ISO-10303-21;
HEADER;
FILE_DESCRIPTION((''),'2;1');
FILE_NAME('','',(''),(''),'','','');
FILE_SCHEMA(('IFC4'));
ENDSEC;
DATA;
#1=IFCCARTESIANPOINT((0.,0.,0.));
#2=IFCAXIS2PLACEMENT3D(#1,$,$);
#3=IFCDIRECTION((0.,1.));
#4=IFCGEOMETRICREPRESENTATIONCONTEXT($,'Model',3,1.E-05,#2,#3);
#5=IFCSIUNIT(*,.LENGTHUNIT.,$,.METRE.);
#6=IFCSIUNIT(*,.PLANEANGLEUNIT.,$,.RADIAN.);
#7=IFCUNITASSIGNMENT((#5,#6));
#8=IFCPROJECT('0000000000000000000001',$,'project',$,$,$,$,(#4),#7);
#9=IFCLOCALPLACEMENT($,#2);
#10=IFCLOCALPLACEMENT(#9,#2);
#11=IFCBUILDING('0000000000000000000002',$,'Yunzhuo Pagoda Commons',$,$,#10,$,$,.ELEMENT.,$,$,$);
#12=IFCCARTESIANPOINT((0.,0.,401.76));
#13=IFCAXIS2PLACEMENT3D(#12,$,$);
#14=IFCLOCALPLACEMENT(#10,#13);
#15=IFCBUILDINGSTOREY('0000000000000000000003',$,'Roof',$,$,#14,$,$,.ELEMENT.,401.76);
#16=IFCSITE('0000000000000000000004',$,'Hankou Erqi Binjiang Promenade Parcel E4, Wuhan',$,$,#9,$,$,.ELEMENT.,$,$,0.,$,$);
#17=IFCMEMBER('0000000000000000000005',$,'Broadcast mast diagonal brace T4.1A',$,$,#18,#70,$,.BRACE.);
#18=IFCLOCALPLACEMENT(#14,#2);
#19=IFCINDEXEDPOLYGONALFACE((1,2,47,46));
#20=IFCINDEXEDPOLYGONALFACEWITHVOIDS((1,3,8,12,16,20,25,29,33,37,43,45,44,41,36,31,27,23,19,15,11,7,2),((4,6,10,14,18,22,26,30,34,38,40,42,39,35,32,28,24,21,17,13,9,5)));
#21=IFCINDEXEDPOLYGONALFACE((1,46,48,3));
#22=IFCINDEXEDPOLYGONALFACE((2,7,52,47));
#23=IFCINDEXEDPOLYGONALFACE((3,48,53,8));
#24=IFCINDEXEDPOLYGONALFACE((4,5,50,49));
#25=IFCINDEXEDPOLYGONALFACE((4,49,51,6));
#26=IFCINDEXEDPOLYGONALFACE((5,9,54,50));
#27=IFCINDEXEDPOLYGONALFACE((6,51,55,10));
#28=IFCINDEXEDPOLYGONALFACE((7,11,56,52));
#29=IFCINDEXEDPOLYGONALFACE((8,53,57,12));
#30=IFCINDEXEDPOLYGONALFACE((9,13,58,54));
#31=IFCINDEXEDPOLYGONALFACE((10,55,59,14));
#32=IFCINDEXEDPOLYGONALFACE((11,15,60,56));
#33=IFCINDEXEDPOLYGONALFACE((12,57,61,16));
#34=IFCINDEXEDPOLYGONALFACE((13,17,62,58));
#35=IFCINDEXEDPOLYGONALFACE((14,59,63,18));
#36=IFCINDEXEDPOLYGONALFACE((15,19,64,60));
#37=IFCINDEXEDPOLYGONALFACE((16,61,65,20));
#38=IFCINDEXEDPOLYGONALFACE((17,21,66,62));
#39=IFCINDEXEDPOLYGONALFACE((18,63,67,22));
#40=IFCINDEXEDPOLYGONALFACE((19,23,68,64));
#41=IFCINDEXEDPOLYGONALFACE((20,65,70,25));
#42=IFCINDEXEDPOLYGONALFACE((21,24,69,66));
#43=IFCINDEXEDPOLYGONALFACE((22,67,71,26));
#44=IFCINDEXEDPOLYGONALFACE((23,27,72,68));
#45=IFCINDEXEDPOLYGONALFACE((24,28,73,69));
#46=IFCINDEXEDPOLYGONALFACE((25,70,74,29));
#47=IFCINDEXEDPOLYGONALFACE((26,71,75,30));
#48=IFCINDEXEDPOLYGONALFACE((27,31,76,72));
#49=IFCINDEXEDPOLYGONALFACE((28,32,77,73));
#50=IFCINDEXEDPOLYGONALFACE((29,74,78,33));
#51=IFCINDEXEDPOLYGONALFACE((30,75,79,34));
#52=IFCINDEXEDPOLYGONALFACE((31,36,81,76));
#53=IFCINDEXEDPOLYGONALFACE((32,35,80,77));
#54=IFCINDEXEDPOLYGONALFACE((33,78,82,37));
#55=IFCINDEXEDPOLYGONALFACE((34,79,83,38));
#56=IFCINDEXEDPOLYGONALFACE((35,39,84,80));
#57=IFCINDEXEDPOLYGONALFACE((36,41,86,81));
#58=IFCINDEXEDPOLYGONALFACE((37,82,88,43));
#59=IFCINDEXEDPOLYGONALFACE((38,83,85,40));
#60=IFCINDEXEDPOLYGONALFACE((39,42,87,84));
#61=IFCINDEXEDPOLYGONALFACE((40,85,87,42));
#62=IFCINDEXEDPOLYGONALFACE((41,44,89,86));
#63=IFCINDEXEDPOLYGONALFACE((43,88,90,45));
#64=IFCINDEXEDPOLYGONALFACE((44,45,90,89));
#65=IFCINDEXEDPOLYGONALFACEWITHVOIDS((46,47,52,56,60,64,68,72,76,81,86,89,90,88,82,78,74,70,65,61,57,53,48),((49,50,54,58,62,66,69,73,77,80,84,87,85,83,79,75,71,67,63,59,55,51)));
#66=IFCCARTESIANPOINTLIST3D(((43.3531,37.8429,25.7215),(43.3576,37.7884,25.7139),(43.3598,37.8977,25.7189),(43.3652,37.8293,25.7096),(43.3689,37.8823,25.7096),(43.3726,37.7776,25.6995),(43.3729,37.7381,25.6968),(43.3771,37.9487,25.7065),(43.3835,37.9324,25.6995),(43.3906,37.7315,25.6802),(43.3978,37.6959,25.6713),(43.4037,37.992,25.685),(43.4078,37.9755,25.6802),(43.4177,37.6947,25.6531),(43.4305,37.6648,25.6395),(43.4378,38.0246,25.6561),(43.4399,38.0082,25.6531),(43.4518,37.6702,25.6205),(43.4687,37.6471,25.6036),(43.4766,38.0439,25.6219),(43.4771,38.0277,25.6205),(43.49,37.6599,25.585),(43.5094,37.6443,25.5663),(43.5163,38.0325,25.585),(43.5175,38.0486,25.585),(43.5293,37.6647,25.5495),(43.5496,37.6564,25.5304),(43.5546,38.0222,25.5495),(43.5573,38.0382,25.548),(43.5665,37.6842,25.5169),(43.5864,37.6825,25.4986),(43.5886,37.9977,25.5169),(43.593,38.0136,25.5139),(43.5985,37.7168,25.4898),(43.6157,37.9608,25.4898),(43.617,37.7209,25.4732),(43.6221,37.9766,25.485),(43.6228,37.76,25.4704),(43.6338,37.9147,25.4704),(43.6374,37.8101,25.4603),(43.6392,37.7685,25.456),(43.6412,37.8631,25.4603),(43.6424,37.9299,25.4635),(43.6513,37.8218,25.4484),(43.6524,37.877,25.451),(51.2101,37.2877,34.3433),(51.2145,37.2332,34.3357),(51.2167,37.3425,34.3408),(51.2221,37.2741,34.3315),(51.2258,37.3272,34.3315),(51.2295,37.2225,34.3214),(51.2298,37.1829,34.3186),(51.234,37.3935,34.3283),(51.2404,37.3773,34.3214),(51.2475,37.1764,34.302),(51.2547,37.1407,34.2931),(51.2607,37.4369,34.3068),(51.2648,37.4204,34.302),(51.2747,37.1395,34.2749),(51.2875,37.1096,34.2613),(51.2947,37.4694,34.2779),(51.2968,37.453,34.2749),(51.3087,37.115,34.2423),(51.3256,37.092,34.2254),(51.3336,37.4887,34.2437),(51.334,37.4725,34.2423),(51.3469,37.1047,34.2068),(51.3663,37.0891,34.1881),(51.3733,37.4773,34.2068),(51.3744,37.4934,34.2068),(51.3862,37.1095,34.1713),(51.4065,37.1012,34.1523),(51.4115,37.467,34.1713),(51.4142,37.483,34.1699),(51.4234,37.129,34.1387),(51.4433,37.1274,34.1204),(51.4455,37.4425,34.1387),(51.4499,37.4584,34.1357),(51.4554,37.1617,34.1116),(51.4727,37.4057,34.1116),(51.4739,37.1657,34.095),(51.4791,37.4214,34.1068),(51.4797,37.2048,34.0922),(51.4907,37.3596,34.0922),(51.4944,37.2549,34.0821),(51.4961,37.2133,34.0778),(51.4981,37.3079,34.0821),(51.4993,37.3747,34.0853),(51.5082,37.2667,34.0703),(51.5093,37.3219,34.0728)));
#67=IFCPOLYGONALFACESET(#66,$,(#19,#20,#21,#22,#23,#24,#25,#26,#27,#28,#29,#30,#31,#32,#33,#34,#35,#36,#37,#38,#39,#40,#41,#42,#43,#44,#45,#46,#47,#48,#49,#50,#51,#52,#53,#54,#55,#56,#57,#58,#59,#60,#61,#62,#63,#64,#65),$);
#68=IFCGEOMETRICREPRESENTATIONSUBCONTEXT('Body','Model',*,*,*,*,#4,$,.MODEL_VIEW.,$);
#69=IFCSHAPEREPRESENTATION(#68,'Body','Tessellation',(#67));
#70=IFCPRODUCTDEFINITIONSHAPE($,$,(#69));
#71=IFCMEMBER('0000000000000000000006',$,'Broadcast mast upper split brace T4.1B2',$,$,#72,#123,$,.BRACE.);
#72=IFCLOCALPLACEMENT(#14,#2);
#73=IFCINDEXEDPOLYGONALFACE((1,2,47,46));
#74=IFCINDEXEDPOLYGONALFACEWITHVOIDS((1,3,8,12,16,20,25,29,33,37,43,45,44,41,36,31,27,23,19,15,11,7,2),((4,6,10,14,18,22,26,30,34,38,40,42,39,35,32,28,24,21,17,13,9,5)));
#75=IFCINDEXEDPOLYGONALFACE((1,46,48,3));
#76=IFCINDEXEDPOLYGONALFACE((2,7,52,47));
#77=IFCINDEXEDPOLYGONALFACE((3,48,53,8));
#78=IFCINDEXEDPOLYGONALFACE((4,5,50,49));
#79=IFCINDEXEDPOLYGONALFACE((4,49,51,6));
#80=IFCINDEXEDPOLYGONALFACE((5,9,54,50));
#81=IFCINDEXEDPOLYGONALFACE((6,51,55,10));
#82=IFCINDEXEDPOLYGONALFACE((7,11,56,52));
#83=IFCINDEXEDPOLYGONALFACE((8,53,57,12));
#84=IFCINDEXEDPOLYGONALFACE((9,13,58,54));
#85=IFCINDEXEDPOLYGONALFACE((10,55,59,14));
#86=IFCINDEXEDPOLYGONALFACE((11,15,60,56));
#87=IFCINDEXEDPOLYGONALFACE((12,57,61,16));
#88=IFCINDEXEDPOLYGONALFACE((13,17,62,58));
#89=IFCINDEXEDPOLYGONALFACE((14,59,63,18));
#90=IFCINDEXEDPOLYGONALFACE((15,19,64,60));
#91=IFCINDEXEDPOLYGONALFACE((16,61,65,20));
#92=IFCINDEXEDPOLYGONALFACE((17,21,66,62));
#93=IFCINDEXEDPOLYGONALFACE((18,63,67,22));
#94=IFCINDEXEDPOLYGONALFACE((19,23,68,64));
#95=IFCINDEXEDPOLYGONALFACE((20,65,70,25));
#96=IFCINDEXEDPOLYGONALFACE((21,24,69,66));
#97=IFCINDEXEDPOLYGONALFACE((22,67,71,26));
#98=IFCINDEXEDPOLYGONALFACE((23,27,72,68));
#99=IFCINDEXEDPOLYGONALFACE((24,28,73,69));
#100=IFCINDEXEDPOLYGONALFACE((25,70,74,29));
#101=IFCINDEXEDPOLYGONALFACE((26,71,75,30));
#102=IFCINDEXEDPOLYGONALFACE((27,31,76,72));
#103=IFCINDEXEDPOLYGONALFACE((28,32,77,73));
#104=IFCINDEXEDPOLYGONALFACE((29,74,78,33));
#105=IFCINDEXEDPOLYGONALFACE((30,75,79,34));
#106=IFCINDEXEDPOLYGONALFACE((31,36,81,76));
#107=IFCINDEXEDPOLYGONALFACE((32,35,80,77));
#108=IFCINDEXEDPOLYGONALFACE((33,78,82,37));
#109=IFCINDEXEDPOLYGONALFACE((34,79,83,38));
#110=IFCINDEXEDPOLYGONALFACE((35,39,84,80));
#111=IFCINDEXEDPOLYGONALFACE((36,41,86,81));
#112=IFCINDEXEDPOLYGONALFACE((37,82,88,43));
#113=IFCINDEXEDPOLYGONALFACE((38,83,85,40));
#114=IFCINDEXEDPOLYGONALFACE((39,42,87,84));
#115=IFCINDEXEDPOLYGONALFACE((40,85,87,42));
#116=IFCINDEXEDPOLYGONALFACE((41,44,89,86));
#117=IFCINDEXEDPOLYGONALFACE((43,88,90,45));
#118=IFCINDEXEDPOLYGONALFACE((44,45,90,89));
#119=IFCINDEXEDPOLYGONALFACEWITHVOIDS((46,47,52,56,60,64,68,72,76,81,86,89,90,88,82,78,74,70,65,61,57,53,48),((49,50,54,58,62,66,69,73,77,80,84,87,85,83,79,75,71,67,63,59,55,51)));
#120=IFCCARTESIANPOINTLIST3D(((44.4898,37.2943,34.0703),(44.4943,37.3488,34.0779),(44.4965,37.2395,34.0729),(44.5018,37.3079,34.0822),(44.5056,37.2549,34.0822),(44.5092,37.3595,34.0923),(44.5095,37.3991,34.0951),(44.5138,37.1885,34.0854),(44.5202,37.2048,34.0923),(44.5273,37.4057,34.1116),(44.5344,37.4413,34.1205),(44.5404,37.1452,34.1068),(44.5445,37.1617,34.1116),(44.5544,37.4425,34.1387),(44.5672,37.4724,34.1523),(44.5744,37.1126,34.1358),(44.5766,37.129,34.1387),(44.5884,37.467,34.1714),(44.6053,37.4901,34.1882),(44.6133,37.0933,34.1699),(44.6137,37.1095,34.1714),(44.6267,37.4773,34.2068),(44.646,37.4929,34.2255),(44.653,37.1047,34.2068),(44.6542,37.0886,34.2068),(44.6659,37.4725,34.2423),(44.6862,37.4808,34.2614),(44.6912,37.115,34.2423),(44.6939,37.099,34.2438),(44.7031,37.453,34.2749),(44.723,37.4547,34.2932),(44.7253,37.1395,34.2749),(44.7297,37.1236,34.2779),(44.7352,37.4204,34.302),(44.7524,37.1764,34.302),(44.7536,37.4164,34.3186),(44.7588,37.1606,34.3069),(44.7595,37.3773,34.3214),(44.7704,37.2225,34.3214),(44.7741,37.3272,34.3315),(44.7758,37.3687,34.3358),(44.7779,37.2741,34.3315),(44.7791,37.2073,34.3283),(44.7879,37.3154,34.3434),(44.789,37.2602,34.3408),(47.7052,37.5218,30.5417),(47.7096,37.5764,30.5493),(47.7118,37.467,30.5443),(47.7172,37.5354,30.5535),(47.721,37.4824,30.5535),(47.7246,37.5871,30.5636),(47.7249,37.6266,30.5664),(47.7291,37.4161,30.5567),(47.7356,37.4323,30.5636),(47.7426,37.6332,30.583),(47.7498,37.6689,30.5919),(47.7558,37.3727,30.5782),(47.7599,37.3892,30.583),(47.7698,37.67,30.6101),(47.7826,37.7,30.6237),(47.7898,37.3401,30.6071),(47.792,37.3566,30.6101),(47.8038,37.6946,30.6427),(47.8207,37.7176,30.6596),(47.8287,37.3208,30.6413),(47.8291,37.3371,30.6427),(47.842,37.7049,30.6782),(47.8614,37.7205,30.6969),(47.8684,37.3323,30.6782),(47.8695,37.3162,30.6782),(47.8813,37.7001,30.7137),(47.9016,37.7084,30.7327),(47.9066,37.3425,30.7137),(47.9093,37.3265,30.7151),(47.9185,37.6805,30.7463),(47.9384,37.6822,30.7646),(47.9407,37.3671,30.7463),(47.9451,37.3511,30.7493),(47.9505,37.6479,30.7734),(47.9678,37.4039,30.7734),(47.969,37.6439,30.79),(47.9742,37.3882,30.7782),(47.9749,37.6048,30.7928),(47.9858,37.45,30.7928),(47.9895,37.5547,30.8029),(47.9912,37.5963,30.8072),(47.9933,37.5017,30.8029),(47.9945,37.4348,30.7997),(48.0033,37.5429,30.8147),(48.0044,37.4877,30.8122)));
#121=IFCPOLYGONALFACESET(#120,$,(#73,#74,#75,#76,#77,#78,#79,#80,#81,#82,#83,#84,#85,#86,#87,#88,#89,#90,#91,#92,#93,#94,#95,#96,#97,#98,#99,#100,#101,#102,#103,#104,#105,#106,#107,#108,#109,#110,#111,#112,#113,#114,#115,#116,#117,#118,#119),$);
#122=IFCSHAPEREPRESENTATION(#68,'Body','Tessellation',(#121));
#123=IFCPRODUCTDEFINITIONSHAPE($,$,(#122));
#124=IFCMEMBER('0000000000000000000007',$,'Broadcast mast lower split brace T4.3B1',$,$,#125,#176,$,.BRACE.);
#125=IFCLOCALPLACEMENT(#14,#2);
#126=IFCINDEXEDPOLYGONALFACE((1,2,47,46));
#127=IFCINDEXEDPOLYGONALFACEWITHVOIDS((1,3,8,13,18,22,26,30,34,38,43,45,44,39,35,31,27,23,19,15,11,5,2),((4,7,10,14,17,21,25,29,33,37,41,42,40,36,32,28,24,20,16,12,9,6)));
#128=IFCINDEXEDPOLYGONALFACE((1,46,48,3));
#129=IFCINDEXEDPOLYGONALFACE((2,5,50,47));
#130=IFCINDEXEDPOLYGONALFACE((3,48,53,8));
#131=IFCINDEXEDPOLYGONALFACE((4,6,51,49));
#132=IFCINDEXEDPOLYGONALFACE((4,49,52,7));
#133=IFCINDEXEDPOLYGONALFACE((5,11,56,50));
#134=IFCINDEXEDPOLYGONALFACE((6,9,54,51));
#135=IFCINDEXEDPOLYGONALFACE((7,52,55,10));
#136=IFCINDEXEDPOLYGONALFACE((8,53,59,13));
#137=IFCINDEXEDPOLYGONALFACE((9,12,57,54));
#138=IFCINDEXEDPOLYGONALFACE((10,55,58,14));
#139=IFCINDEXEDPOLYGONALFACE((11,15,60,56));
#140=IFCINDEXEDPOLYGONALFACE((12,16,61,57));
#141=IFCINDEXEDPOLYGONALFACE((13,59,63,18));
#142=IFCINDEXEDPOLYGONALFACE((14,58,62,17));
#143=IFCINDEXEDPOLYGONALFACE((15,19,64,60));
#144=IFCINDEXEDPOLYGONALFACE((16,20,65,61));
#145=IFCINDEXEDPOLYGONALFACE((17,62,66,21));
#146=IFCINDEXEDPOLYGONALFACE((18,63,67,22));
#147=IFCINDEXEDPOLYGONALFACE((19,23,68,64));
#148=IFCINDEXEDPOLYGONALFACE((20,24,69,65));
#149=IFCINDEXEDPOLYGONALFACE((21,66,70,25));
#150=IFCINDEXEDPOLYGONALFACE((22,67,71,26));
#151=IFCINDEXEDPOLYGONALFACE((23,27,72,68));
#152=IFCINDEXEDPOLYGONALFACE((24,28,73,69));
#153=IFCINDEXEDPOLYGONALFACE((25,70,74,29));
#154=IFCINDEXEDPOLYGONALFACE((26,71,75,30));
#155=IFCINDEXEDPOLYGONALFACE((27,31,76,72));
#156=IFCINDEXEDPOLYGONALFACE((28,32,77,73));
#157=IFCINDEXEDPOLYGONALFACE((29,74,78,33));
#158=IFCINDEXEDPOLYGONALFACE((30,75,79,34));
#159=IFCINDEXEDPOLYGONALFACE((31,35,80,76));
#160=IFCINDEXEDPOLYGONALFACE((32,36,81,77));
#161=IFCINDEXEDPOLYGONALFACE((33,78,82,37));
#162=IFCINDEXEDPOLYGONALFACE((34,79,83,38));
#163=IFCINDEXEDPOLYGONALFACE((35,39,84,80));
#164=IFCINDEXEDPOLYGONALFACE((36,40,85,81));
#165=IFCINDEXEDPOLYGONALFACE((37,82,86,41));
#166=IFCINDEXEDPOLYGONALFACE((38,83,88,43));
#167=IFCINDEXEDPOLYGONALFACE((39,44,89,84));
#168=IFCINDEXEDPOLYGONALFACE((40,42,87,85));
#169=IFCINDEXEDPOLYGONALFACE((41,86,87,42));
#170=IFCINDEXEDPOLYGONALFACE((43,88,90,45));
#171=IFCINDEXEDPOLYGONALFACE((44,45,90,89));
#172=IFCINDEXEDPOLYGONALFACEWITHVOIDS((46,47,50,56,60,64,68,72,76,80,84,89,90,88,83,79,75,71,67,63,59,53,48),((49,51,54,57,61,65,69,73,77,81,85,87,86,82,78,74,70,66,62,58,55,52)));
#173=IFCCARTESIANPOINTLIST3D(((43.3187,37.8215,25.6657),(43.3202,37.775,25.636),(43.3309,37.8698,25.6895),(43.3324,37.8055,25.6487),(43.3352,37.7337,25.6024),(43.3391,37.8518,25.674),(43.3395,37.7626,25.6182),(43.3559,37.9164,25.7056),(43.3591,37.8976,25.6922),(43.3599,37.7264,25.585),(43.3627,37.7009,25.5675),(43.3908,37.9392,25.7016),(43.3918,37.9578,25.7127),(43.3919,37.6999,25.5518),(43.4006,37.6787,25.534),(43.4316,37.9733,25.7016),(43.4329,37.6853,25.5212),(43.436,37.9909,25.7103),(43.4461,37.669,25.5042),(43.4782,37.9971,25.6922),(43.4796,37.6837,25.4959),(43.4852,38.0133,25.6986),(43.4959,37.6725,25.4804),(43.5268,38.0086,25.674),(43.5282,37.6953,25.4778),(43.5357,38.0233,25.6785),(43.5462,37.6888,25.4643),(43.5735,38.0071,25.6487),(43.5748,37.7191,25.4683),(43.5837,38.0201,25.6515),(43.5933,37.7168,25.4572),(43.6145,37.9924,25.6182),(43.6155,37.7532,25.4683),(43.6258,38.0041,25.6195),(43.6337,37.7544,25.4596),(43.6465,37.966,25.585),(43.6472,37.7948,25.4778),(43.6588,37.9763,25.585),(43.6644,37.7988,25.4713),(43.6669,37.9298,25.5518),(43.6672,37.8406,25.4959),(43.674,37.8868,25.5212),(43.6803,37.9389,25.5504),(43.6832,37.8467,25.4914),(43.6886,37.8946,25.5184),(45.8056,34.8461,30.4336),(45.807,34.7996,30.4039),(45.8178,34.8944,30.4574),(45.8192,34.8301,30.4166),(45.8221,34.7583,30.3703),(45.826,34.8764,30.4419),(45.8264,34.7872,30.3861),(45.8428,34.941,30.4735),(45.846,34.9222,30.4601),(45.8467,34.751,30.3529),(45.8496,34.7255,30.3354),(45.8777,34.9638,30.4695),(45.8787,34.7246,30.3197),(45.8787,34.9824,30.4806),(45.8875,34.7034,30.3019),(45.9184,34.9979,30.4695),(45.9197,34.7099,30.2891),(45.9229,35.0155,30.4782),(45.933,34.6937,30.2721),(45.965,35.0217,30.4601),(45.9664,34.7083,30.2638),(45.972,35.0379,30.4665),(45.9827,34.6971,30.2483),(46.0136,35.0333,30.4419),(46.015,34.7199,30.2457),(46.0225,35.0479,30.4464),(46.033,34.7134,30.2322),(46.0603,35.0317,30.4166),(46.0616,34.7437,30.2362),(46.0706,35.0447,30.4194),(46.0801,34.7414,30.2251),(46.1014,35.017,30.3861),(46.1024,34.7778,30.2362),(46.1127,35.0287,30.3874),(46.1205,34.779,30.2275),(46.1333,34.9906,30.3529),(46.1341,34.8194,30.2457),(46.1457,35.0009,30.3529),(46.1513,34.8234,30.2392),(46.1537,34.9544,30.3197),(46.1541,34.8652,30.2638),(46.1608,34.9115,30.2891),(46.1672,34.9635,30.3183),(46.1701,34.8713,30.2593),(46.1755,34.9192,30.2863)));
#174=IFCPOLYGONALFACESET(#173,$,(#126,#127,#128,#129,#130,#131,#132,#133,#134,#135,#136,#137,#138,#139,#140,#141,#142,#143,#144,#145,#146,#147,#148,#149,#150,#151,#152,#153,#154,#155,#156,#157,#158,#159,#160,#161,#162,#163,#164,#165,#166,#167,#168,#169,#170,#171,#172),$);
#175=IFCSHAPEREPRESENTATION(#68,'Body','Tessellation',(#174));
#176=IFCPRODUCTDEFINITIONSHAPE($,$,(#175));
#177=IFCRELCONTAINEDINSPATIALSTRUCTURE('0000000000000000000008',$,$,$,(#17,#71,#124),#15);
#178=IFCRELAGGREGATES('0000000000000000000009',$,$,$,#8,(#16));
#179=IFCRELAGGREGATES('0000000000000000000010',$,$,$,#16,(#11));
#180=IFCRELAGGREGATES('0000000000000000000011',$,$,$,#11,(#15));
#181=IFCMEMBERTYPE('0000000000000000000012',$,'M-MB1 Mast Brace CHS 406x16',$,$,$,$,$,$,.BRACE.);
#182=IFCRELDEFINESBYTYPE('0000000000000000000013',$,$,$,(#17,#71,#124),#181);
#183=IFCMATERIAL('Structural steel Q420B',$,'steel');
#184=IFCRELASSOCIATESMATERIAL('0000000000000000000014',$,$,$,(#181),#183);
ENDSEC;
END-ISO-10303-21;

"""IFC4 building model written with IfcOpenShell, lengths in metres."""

from ifc_helpers import new_model, si_unit, direction, frame, origin, origin_2d, place, context, subcontext, project, spatial, hollow_circle, extrude, source, transform, mapped, material, material_profile, profile_set, type_object, element, save


model = new_model("IFC4")

# Units and contexts
model_context = context("Model", 3, precision=1e-05, world=origin(), true_north=direction((0.0, 1.0)))
body_context = subcontext(model_context, "Body", "Model", "MODEL_VIEW")
ifc_project = project(units=[si_unit("LENGTHUNIT", "METRE"), si_unit("PLANEANGLEUNIT", "RADIAN")], contexts=[model_context])

# Site, building, storey
site_placement = place(None, origin())
site = spatial("IfcSite", under=ifc_project, at=site_placement, Name="Hankou Erqi Binjiang Promenade Parcel E4, Wuhan", CompositionType="ELEMENT", RefElevation=0.0)
building_placement = place(site_placement, origin())
building = spatial("IfcBuilding", under=site, at=building_placement, Name="Yunzhuo Pagoda Commons", CompositionType="ELEMENT")
storey_placement = place(building_placement, frame((0.0, 0.0, 401.76)))
storey = spatial("IfcBuildingStorey", under=building, at=storey_placement, Name="Roof", CompositionType="ELEMENT", Elevation=401.76)

# Members
ifc_material_1 = material(Name="Structural steel Q420B", Category="steel")
ifc_material_profile_1 = material_profile(ifc_material_1, hollow_circle(Radius=0.2029, WallThickness=0.0161, at=origin_2d()), Name="Structural steel Q420B")
ifc_profile_set_1 = profile_set([ifc_material_profile_1], Name="Structural steel Q420B")
member_type_1 = type_object("IfcMemberType", Name="M-MB1 Mast Brace CHS 406x16", PredefinedType="BRACE", material=ifc_profile_set_1)
shared_shape_1 = source(origin(), body_context, "Body", "SweptSolid", [
    extrude(hollow_circle(Radius=0.2029, WallThickness=0.0161, at=origin_2d()), origin(), (0.0, 0.0, 1.0), 11.678),
])
member_1_placement = place(storey_placement, frame((43.5032, 37.8462, 25.585), z_axis=(0.672798, -0.04754, 0.738297), x_axis=(0.070485, 0.997513, 0.0)))
element("IfcMember", 1, at=member_1_placement, inside=storey, type_object=member_type_1, Name="Broadcast mast diagonal brace T4.1A", PredefinedType="BRACE", context=body_context, shape_type="MappedRepresentation", body=[
    mapped(shared_shape_1, transform((0.0, 0.0, 0.0), scale=1.0)),
])
shared_shape_2 = source(origin(), body_context, "Body", "SweptSolid", [
    extrude(hollow_circle(Radius=0.2029, WallThickness=0.0161, at=origin_2d()), origin(), (0.0, 0.0, 1.0), 4.7793),
])
member_2_placement = place(storey_placement, frame((47.8552, 37.5186, 30.6782), z_axis=(-0.672774, -0.04761, 0.738315), x_axis=(0.07059, -0.997505, 0.0)))
element("IfcMember", 2, at=member_2_placement, inside=storey, type_object=member_type_1, Name="Broadcast mast upper split brace T4.1B2", PredefinedType="BRACE", context=body_context, shape_type="MappedRepresentation", body=[
    mapped(shared_shape_2, transform((0.0, 0.0, 0.0), scale=1.0)),
])
shared_shape_3 = source(origin(), body_context, "Body", "SweptSolid", [
    extrude(hollow_circle(Radius=0.2029, WallThickness=0.0161, at=origin_2d()), origin(), (0.0, 0.0, 1.0), 6.1458),
])
member_3_placement = place(storey_placement, frame((43.5032, 37.8462, 25.585), z_axis=(0.404646, -0.484138, 0.775804), x_axis=(0.767286, 0.641305, 0.0)))
element("IfcMember", 3, at=member_3_placement, inside=storey, type_object=member_type_1, Name="Broadcast mast lower split brace T4.3B1", PredefinedType="BRACE", context=body_context, shape_type="MappedRepresentation", body=[
    mapped(shared_shape_3, transform((0.0, 0.0, 0.0), scale=1.0)),
])

save(model, "model.ifc")
